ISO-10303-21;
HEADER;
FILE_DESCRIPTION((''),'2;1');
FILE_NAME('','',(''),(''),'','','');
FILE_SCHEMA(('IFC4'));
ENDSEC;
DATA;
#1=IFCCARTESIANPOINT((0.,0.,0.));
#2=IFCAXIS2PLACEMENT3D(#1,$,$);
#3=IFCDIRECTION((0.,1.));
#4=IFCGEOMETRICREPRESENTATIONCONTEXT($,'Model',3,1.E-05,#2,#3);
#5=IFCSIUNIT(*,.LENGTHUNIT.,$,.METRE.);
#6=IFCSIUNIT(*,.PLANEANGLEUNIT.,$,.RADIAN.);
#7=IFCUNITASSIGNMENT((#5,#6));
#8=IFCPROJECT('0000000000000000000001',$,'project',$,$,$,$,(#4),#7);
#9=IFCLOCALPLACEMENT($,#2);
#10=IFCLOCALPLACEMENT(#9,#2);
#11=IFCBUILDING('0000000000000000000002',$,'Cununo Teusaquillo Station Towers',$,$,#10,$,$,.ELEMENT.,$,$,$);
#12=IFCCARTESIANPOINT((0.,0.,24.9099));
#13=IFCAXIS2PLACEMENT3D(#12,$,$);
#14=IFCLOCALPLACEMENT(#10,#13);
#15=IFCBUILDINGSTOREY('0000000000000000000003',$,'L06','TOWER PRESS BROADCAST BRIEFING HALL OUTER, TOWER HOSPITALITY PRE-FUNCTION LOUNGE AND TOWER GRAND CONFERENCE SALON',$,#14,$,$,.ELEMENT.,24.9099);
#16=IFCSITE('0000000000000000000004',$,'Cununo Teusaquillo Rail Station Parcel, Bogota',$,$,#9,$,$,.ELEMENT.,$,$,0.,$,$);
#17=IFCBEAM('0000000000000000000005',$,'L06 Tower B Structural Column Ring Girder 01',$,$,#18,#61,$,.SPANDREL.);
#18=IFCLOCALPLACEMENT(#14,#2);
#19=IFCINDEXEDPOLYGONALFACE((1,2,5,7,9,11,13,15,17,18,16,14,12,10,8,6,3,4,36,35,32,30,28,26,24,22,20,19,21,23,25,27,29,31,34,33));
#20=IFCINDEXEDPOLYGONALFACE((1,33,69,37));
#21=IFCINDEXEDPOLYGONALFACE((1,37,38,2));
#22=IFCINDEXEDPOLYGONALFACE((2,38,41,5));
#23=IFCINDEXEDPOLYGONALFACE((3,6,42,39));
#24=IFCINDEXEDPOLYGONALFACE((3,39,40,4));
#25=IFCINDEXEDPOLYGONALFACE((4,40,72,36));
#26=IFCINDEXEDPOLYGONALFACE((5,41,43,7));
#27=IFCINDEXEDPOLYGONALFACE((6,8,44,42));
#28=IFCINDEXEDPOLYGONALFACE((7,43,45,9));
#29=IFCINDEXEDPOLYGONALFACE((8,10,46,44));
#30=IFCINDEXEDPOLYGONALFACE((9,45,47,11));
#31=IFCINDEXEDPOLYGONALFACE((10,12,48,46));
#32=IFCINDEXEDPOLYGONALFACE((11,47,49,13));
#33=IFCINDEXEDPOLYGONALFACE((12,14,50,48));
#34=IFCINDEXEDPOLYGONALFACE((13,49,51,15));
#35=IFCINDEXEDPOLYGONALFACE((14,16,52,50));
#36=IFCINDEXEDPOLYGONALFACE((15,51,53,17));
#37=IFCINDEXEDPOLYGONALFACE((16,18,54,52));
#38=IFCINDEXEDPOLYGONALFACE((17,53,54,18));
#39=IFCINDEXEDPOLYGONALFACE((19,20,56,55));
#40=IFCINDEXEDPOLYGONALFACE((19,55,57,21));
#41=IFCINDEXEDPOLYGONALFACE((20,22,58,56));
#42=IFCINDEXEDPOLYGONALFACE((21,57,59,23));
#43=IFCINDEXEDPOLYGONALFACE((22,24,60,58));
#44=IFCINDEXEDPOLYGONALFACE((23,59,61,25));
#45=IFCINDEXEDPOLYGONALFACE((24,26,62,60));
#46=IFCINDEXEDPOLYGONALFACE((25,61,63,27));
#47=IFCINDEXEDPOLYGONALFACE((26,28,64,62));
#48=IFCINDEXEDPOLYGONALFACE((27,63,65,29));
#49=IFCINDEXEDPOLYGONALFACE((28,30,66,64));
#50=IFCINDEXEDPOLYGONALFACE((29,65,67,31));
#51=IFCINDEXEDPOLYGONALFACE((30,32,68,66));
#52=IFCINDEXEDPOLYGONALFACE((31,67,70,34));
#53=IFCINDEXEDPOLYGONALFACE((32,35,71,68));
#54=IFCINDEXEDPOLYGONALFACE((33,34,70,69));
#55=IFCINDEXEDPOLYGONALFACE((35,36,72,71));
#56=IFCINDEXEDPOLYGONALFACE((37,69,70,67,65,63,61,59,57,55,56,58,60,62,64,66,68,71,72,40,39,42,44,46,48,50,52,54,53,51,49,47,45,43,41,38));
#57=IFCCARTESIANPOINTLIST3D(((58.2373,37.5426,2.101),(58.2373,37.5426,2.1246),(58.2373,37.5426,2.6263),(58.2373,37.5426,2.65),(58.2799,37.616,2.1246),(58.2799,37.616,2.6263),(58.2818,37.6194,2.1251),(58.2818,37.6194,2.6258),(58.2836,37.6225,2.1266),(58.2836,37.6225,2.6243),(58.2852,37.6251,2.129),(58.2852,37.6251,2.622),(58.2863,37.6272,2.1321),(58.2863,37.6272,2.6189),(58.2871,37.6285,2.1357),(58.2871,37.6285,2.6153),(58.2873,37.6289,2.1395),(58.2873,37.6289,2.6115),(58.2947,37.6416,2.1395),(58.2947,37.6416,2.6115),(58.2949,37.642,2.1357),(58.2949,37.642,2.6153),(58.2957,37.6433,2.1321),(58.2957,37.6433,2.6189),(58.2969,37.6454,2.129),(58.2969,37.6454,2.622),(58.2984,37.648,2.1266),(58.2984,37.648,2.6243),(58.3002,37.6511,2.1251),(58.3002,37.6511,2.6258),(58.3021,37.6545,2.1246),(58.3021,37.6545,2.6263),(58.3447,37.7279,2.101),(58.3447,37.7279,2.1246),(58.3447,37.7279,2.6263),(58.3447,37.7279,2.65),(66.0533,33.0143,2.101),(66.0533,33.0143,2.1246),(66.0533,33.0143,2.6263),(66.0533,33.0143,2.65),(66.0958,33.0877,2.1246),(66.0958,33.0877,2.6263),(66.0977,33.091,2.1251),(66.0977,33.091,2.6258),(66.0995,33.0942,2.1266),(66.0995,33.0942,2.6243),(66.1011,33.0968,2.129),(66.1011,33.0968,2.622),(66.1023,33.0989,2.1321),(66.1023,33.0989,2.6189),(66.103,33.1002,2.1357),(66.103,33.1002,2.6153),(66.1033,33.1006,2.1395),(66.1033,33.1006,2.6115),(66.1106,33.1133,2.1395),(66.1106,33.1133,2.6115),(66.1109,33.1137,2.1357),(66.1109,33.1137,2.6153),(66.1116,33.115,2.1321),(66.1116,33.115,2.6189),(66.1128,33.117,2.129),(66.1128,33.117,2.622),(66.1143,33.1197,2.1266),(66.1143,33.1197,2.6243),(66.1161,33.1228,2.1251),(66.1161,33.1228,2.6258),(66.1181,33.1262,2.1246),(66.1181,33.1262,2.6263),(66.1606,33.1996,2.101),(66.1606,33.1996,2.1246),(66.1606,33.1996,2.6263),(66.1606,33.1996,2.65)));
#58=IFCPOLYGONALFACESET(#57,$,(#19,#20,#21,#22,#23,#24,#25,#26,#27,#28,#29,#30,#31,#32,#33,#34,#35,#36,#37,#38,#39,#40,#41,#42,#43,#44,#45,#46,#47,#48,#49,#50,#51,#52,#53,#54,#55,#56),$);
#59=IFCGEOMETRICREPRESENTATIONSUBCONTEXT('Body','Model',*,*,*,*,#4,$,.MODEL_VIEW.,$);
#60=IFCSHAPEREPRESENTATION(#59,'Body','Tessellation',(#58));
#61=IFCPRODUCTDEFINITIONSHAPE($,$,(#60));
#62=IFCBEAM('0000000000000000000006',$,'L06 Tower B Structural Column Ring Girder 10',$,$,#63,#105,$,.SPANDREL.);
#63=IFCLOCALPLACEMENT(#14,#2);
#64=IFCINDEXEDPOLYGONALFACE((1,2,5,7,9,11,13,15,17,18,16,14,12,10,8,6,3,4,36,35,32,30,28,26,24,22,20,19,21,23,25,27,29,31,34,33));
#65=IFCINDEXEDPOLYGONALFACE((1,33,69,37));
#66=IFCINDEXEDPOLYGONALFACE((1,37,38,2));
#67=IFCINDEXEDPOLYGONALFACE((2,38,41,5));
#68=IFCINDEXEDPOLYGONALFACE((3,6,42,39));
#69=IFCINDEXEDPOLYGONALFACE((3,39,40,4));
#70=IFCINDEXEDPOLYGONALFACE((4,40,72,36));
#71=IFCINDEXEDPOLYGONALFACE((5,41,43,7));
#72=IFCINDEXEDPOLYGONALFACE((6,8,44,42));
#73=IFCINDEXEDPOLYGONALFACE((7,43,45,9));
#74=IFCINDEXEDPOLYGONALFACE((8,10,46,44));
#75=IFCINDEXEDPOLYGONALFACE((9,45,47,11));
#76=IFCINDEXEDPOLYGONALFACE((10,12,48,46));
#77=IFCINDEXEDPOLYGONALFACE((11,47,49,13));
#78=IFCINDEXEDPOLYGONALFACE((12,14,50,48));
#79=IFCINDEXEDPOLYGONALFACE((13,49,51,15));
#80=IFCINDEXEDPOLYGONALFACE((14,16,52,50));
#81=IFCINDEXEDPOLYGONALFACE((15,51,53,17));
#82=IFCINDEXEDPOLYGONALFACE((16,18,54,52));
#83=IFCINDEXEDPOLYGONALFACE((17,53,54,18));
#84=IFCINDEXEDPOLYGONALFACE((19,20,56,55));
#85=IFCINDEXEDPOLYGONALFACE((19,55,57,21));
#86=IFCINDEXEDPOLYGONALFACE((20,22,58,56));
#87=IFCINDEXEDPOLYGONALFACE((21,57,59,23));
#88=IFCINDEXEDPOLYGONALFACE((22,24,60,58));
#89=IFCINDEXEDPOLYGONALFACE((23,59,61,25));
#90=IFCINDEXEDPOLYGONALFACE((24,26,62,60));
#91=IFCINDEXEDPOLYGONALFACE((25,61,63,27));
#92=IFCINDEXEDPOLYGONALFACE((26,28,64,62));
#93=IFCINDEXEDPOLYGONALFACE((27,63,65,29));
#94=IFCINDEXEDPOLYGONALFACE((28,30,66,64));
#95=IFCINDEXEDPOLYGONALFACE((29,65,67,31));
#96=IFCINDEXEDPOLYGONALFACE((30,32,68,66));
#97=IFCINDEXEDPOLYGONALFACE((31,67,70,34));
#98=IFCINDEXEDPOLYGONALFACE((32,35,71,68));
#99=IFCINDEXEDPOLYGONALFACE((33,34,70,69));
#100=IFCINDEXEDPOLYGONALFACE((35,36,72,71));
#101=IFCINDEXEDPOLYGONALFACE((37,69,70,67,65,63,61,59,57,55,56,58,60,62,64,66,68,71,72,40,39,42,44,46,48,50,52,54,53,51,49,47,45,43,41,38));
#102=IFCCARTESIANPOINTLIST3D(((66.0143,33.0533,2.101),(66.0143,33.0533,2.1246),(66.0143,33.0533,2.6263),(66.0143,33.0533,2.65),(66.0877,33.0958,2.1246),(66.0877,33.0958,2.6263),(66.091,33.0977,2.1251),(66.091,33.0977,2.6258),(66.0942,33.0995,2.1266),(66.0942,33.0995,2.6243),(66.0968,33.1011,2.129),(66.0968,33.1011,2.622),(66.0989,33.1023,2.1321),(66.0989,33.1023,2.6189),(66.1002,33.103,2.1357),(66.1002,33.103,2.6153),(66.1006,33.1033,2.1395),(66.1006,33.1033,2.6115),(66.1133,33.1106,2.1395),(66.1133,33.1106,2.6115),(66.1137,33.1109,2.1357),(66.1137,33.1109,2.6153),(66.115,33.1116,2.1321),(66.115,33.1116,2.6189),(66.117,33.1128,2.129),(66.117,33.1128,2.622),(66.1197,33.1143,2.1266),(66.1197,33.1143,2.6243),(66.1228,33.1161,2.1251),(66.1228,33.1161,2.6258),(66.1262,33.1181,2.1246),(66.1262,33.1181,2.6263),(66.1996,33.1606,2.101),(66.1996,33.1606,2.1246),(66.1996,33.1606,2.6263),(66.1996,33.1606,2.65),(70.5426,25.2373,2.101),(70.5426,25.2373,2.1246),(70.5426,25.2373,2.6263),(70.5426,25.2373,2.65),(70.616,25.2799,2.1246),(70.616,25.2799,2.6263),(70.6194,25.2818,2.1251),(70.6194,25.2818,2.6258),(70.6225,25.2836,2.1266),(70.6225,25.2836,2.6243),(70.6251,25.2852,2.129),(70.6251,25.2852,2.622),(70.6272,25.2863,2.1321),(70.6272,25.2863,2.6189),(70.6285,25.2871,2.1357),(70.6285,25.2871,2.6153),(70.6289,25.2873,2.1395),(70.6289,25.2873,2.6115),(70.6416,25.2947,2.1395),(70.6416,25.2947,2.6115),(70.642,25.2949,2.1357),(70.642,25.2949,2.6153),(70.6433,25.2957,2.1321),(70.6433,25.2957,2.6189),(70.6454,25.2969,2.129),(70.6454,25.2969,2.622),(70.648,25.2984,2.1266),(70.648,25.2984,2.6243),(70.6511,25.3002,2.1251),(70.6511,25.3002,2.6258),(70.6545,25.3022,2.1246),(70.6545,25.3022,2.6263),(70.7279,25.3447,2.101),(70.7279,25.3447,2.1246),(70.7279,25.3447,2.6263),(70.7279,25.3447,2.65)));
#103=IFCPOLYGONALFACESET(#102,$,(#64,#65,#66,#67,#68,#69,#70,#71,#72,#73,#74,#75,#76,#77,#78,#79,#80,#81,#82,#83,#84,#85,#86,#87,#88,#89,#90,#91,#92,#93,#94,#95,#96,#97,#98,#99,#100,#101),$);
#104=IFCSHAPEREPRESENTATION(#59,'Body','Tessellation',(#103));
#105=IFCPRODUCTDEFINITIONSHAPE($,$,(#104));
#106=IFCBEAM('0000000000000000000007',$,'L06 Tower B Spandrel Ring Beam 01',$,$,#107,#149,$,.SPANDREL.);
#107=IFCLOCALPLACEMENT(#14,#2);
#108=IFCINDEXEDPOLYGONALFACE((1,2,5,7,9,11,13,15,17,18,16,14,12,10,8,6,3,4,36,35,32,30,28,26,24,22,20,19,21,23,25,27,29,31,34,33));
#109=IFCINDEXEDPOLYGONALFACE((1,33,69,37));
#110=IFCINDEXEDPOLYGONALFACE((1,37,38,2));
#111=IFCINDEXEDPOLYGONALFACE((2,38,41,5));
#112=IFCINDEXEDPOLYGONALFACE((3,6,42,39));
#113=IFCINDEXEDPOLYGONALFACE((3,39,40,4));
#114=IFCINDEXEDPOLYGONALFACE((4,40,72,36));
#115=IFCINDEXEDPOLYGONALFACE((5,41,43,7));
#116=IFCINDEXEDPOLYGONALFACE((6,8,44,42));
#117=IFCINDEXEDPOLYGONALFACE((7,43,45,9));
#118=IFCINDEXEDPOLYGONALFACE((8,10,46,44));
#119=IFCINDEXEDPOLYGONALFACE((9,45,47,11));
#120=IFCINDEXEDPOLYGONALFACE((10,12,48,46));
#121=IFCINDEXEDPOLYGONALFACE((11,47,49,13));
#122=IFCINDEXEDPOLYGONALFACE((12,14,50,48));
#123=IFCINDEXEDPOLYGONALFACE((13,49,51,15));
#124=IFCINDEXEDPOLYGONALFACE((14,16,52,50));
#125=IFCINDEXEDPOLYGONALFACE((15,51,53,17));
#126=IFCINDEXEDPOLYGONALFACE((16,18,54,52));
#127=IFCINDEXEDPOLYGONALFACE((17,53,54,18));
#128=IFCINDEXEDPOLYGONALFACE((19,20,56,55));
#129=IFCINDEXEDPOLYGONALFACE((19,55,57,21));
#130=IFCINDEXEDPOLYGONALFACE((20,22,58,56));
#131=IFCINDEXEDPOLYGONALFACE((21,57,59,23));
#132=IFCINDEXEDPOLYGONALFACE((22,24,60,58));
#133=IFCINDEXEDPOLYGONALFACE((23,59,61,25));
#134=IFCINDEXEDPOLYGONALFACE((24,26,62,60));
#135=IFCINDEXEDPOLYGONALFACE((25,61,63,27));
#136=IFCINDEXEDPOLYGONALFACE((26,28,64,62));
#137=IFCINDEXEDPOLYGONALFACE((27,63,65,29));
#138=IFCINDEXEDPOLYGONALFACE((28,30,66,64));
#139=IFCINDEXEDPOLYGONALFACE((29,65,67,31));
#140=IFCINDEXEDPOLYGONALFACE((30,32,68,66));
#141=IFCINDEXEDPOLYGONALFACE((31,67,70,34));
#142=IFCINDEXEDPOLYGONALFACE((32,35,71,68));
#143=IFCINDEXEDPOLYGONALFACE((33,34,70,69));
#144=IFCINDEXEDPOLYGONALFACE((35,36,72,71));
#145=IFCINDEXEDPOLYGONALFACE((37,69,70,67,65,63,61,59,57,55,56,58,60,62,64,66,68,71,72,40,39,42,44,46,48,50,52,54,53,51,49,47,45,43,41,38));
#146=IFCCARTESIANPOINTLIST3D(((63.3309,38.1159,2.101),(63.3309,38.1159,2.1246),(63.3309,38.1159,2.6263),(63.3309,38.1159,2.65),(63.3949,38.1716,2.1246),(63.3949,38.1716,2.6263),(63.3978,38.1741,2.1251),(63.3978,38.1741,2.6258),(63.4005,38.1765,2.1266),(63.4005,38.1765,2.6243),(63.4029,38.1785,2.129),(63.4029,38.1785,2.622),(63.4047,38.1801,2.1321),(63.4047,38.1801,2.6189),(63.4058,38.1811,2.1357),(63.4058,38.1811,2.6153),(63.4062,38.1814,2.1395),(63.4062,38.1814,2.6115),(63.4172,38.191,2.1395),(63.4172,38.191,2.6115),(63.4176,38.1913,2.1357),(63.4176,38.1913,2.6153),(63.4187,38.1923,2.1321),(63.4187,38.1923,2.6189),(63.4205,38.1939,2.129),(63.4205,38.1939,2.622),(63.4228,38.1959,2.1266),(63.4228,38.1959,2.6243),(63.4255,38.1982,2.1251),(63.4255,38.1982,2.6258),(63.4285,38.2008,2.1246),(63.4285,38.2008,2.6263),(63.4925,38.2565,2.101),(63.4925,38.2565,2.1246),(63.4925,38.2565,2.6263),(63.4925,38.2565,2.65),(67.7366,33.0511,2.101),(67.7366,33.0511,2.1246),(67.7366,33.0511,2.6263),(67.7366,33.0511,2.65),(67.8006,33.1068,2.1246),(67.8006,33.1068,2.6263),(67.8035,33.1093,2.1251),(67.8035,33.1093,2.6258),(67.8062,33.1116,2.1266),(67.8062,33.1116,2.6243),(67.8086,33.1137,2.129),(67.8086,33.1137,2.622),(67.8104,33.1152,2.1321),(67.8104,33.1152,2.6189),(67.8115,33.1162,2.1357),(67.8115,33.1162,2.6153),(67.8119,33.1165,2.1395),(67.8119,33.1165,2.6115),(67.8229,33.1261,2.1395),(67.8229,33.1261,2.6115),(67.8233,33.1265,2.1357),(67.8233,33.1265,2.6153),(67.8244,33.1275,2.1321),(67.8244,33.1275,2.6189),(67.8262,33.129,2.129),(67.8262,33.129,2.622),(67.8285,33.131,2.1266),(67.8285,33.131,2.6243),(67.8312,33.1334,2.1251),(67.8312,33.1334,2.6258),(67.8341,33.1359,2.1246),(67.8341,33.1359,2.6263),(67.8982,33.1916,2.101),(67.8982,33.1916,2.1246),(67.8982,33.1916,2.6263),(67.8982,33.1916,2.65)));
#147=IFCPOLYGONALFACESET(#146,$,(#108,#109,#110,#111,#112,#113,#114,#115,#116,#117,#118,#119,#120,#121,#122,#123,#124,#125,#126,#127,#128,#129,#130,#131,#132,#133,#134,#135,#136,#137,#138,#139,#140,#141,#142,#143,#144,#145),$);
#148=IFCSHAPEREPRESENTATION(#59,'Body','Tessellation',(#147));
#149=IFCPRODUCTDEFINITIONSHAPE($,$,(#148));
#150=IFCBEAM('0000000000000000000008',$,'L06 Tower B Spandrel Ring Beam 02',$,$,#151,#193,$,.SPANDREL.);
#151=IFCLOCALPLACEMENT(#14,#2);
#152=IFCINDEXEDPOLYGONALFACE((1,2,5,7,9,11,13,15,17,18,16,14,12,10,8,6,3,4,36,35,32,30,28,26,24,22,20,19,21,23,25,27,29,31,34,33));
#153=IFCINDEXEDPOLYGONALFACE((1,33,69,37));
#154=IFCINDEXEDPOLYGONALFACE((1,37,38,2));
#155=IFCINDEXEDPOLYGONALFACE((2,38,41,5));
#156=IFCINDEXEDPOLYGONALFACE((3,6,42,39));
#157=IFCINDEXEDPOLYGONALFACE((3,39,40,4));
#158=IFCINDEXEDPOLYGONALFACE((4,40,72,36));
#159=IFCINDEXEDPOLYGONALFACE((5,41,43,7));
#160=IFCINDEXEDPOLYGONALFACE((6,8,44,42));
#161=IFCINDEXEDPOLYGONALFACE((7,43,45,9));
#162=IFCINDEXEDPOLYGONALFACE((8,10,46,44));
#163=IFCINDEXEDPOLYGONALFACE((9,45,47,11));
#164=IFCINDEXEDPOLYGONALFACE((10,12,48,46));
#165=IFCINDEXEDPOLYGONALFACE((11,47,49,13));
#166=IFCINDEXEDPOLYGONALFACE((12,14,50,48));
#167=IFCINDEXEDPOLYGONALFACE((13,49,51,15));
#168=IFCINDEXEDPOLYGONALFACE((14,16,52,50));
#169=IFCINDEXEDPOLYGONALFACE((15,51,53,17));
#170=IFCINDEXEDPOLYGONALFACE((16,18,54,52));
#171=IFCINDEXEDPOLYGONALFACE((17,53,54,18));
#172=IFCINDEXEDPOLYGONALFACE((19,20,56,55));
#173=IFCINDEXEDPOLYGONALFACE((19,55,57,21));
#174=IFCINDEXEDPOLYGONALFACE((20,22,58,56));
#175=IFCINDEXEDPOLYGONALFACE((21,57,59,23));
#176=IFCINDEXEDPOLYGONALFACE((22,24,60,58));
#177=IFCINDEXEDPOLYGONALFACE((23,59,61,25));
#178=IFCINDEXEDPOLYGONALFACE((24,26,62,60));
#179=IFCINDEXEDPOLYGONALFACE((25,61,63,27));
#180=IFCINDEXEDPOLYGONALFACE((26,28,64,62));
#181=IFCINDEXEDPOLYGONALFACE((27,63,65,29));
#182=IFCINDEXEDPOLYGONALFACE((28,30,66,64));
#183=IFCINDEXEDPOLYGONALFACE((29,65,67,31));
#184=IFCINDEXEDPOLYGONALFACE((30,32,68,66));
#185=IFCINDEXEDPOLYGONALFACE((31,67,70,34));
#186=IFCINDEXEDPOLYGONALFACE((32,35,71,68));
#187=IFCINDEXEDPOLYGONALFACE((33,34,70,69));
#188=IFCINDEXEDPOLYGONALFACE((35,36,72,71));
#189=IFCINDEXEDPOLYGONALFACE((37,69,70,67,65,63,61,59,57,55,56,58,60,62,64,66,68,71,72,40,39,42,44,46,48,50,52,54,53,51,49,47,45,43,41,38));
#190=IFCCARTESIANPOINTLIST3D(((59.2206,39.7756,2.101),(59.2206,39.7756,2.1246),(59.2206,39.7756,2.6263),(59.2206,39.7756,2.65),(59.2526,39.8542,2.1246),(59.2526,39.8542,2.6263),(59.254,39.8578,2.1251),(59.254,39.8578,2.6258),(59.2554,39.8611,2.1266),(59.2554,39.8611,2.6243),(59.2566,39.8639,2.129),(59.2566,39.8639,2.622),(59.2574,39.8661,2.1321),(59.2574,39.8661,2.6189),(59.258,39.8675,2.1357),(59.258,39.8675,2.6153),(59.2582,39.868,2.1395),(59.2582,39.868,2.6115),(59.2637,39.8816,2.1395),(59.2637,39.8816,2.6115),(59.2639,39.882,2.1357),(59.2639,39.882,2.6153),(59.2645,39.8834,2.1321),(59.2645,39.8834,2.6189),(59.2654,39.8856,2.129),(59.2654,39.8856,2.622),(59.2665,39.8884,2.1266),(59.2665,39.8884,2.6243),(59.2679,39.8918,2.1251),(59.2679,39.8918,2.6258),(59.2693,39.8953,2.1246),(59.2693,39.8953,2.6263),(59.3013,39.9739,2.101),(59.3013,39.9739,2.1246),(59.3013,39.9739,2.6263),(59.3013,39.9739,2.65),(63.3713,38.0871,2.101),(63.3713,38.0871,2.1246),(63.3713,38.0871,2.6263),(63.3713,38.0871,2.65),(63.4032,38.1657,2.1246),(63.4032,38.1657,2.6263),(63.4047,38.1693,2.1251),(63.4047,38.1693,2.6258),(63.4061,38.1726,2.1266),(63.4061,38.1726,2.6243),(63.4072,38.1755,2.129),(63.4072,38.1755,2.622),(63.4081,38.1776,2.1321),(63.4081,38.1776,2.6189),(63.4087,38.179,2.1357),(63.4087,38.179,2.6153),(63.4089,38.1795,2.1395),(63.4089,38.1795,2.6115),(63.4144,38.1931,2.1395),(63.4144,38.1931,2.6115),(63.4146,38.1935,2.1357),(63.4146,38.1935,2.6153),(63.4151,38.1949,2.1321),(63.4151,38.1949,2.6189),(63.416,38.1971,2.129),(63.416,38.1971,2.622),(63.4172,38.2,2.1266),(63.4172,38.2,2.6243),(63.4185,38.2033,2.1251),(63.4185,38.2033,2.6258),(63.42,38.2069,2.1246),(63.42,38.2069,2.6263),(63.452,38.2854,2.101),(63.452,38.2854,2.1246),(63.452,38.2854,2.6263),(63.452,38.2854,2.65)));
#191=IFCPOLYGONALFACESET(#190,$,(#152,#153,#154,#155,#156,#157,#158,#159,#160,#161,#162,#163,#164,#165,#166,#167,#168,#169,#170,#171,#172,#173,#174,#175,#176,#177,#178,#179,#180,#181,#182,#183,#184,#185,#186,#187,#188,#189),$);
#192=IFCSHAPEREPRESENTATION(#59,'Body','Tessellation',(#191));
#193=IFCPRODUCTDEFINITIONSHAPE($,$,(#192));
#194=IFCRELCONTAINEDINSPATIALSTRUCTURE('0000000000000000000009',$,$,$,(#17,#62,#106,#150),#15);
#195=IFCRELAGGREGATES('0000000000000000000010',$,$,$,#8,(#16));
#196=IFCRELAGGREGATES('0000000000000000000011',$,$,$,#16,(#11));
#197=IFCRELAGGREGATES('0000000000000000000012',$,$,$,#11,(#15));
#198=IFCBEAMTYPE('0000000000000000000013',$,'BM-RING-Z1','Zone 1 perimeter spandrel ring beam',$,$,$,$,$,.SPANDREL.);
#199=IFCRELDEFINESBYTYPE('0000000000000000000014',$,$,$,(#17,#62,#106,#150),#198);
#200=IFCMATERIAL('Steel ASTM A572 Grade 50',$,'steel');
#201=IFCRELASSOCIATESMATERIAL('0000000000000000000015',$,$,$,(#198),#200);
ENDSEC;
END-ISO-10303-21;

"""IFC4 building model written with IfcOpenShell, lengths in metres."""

from ifc_helpers import new_model, si_unit, direction, frame, origin, origin_2d, place, context, subcontext, project, spatial, i_section, extrude, material, material_profile, profile_set, type_object, element, save


model = new_model("IFC4")

# Units and contexts
model_context = context("Model", 3, precision=1e-05, world=origin(), true_north=direction((0.0, 1.0)))
body_context = subcontext(model_context, "Body", "Model", "MODEL_VIEW")
ifc_project = project(units=[si_unit("LENGTHUNIT", "METRE"), si_unit("PLANEANGLEUNIT", "RADIAN")], contexts=[model_context])

# Site, building, storey
site_placement = place(None, origin())
site = spatial("IfcSite", under=ifc_project, at=site_placement, Name="Cununo Teusaquillo Rail Station Parcel, Bogota", CompositionType="ELEMENT", RefElevation=0.0)
building_placement = place(site_placement, origin())
building = spatial("IfcBuilding", under=site, at=building_placement, Name="Cununo Teusaquillo Station Towers", CompositionType="ELEMENT")
storey_placement = place(building_placement, frame((0.0, 0.0, 24.9099)))
storey = spatial("IfcBuildingStorey", under=building, at=storey_placement, Name="L06", Description="TOWER PRESS BROADCAST BRIEFING HALL OUTER, TOWER HOSPITALITY PRE-FUNCTION LOUNGE AND TOWER GRAND CONFERENCE SALON", CompositionType="ELEMENT", Elevation=24.9099)

# Beams
ifc_material_1 = material(Name="Steel ASTM A572 Grade 50", Category="steel")
ifc_material_profile_1 = material_profile(ifc_material_1, i_section(OverallWidth=0.2141, OverallDepth=0.5491, WebThickness=0.0146, FlangeThickness=0.0237, FilletRadius=0.0149, at=origin_2d()), Name="W21X93")
ifc_profile_set_1 = profile_set([ifc_material_profile_1], Name="Steel ASTM A572 Grade 50")
beam_type_1 = type_object("IfcBeamType", Name="BM-RING-Z1", Description="Zone 1 perimeter spandrel ring beam", PredefinedType="SPANDREL", material=ifc_profile_set_1)
for number, where, z_axis, x_axis, name in (
    (1, (66.1069, 33.1069, 2.3755), (-0.865267, 0.501311, 0.0), (-0.501311, -0.865267, 0.0), "L06 Tower B Structural Column Ring Girder 01"),
    (2, (70.6353, 25.291, 2.3755), (-0.501311, 0.865267, 0.0), (-0.865267, -0.501311, 0.0), "L06 Tower B Structural Column Ring Girder 10"),
):
    element("IfcBeam", number, at=place(storey_placement, frame(where, z_axis=z_axis, x_axis=x_axis)), inside=storey, type_object=beam_type_1, Name=name, PredefinedType="SPANDREL", context=body_context, shape_type="SweptSolid", body=[
        extrude(i_section(OverallWidth=0.2141, OverallDepth=0.5491, WebThickness=0.0146, FlangeThickness=0.0237, FilletRadius=0.0149, at=origin_2d()), origin(), (0.0, 0.0, 1.0), 9.033),
    ])
beam_1_placement = place(storey_placement, frame((67.8174, 33.1213, 2.3755), z_axis=(-0.656303, 0.754497, 0.0), x_axis=(-0.754497, -0.656303, 0.0)))
element("IfcBeam", 3, at=beam_1_placement, inside=storey, type_object=beam_type_1, Name="L06 Tower B Spandrel Ring Beam 01", PredefinedType="SPANDREL", context=body_context, shape_type="SweptSolid", body=[
    extrude(i_section(OverallWidth=0.2141, OverallDepth=0.5491, WebThickness=0.0146, FlangeThickness=0.0237, FilletRadius=0.0149, at=origin_2d()), origin(), (0.0, 0.0, 1.0), 6.7129),
])
for number, where, z_axis, x_axis, name in (
    (4, (63.4116, 38.1863, 2.3755), (-0.926289, 0.376814, 0.0), (-0.376814, -0.926289, 0.0), "L06 Tower B Spandrel Ring Beam 02"),
):
    element("IfcBeam", number, at=place(storey_placement, frame(where, z_axis=z_axis, x_axis=x_axis)), inside=storey, type_object=beam_type_1, Name=name, PredefinedType="SPANDREL", context=body_context, shape_type="SweptSolid", body=[
        extrude(i_section(OverallWidth=0.2141, OverallDepth=0.5491, WebThickness=0.0146, FlangeThickness=0.0237, FilletRadius=0.0149, at=origin_2d()), origin(), (0.0, 0.0, 1.0), 4.481),
    ])

save(model, "model.ifc")
